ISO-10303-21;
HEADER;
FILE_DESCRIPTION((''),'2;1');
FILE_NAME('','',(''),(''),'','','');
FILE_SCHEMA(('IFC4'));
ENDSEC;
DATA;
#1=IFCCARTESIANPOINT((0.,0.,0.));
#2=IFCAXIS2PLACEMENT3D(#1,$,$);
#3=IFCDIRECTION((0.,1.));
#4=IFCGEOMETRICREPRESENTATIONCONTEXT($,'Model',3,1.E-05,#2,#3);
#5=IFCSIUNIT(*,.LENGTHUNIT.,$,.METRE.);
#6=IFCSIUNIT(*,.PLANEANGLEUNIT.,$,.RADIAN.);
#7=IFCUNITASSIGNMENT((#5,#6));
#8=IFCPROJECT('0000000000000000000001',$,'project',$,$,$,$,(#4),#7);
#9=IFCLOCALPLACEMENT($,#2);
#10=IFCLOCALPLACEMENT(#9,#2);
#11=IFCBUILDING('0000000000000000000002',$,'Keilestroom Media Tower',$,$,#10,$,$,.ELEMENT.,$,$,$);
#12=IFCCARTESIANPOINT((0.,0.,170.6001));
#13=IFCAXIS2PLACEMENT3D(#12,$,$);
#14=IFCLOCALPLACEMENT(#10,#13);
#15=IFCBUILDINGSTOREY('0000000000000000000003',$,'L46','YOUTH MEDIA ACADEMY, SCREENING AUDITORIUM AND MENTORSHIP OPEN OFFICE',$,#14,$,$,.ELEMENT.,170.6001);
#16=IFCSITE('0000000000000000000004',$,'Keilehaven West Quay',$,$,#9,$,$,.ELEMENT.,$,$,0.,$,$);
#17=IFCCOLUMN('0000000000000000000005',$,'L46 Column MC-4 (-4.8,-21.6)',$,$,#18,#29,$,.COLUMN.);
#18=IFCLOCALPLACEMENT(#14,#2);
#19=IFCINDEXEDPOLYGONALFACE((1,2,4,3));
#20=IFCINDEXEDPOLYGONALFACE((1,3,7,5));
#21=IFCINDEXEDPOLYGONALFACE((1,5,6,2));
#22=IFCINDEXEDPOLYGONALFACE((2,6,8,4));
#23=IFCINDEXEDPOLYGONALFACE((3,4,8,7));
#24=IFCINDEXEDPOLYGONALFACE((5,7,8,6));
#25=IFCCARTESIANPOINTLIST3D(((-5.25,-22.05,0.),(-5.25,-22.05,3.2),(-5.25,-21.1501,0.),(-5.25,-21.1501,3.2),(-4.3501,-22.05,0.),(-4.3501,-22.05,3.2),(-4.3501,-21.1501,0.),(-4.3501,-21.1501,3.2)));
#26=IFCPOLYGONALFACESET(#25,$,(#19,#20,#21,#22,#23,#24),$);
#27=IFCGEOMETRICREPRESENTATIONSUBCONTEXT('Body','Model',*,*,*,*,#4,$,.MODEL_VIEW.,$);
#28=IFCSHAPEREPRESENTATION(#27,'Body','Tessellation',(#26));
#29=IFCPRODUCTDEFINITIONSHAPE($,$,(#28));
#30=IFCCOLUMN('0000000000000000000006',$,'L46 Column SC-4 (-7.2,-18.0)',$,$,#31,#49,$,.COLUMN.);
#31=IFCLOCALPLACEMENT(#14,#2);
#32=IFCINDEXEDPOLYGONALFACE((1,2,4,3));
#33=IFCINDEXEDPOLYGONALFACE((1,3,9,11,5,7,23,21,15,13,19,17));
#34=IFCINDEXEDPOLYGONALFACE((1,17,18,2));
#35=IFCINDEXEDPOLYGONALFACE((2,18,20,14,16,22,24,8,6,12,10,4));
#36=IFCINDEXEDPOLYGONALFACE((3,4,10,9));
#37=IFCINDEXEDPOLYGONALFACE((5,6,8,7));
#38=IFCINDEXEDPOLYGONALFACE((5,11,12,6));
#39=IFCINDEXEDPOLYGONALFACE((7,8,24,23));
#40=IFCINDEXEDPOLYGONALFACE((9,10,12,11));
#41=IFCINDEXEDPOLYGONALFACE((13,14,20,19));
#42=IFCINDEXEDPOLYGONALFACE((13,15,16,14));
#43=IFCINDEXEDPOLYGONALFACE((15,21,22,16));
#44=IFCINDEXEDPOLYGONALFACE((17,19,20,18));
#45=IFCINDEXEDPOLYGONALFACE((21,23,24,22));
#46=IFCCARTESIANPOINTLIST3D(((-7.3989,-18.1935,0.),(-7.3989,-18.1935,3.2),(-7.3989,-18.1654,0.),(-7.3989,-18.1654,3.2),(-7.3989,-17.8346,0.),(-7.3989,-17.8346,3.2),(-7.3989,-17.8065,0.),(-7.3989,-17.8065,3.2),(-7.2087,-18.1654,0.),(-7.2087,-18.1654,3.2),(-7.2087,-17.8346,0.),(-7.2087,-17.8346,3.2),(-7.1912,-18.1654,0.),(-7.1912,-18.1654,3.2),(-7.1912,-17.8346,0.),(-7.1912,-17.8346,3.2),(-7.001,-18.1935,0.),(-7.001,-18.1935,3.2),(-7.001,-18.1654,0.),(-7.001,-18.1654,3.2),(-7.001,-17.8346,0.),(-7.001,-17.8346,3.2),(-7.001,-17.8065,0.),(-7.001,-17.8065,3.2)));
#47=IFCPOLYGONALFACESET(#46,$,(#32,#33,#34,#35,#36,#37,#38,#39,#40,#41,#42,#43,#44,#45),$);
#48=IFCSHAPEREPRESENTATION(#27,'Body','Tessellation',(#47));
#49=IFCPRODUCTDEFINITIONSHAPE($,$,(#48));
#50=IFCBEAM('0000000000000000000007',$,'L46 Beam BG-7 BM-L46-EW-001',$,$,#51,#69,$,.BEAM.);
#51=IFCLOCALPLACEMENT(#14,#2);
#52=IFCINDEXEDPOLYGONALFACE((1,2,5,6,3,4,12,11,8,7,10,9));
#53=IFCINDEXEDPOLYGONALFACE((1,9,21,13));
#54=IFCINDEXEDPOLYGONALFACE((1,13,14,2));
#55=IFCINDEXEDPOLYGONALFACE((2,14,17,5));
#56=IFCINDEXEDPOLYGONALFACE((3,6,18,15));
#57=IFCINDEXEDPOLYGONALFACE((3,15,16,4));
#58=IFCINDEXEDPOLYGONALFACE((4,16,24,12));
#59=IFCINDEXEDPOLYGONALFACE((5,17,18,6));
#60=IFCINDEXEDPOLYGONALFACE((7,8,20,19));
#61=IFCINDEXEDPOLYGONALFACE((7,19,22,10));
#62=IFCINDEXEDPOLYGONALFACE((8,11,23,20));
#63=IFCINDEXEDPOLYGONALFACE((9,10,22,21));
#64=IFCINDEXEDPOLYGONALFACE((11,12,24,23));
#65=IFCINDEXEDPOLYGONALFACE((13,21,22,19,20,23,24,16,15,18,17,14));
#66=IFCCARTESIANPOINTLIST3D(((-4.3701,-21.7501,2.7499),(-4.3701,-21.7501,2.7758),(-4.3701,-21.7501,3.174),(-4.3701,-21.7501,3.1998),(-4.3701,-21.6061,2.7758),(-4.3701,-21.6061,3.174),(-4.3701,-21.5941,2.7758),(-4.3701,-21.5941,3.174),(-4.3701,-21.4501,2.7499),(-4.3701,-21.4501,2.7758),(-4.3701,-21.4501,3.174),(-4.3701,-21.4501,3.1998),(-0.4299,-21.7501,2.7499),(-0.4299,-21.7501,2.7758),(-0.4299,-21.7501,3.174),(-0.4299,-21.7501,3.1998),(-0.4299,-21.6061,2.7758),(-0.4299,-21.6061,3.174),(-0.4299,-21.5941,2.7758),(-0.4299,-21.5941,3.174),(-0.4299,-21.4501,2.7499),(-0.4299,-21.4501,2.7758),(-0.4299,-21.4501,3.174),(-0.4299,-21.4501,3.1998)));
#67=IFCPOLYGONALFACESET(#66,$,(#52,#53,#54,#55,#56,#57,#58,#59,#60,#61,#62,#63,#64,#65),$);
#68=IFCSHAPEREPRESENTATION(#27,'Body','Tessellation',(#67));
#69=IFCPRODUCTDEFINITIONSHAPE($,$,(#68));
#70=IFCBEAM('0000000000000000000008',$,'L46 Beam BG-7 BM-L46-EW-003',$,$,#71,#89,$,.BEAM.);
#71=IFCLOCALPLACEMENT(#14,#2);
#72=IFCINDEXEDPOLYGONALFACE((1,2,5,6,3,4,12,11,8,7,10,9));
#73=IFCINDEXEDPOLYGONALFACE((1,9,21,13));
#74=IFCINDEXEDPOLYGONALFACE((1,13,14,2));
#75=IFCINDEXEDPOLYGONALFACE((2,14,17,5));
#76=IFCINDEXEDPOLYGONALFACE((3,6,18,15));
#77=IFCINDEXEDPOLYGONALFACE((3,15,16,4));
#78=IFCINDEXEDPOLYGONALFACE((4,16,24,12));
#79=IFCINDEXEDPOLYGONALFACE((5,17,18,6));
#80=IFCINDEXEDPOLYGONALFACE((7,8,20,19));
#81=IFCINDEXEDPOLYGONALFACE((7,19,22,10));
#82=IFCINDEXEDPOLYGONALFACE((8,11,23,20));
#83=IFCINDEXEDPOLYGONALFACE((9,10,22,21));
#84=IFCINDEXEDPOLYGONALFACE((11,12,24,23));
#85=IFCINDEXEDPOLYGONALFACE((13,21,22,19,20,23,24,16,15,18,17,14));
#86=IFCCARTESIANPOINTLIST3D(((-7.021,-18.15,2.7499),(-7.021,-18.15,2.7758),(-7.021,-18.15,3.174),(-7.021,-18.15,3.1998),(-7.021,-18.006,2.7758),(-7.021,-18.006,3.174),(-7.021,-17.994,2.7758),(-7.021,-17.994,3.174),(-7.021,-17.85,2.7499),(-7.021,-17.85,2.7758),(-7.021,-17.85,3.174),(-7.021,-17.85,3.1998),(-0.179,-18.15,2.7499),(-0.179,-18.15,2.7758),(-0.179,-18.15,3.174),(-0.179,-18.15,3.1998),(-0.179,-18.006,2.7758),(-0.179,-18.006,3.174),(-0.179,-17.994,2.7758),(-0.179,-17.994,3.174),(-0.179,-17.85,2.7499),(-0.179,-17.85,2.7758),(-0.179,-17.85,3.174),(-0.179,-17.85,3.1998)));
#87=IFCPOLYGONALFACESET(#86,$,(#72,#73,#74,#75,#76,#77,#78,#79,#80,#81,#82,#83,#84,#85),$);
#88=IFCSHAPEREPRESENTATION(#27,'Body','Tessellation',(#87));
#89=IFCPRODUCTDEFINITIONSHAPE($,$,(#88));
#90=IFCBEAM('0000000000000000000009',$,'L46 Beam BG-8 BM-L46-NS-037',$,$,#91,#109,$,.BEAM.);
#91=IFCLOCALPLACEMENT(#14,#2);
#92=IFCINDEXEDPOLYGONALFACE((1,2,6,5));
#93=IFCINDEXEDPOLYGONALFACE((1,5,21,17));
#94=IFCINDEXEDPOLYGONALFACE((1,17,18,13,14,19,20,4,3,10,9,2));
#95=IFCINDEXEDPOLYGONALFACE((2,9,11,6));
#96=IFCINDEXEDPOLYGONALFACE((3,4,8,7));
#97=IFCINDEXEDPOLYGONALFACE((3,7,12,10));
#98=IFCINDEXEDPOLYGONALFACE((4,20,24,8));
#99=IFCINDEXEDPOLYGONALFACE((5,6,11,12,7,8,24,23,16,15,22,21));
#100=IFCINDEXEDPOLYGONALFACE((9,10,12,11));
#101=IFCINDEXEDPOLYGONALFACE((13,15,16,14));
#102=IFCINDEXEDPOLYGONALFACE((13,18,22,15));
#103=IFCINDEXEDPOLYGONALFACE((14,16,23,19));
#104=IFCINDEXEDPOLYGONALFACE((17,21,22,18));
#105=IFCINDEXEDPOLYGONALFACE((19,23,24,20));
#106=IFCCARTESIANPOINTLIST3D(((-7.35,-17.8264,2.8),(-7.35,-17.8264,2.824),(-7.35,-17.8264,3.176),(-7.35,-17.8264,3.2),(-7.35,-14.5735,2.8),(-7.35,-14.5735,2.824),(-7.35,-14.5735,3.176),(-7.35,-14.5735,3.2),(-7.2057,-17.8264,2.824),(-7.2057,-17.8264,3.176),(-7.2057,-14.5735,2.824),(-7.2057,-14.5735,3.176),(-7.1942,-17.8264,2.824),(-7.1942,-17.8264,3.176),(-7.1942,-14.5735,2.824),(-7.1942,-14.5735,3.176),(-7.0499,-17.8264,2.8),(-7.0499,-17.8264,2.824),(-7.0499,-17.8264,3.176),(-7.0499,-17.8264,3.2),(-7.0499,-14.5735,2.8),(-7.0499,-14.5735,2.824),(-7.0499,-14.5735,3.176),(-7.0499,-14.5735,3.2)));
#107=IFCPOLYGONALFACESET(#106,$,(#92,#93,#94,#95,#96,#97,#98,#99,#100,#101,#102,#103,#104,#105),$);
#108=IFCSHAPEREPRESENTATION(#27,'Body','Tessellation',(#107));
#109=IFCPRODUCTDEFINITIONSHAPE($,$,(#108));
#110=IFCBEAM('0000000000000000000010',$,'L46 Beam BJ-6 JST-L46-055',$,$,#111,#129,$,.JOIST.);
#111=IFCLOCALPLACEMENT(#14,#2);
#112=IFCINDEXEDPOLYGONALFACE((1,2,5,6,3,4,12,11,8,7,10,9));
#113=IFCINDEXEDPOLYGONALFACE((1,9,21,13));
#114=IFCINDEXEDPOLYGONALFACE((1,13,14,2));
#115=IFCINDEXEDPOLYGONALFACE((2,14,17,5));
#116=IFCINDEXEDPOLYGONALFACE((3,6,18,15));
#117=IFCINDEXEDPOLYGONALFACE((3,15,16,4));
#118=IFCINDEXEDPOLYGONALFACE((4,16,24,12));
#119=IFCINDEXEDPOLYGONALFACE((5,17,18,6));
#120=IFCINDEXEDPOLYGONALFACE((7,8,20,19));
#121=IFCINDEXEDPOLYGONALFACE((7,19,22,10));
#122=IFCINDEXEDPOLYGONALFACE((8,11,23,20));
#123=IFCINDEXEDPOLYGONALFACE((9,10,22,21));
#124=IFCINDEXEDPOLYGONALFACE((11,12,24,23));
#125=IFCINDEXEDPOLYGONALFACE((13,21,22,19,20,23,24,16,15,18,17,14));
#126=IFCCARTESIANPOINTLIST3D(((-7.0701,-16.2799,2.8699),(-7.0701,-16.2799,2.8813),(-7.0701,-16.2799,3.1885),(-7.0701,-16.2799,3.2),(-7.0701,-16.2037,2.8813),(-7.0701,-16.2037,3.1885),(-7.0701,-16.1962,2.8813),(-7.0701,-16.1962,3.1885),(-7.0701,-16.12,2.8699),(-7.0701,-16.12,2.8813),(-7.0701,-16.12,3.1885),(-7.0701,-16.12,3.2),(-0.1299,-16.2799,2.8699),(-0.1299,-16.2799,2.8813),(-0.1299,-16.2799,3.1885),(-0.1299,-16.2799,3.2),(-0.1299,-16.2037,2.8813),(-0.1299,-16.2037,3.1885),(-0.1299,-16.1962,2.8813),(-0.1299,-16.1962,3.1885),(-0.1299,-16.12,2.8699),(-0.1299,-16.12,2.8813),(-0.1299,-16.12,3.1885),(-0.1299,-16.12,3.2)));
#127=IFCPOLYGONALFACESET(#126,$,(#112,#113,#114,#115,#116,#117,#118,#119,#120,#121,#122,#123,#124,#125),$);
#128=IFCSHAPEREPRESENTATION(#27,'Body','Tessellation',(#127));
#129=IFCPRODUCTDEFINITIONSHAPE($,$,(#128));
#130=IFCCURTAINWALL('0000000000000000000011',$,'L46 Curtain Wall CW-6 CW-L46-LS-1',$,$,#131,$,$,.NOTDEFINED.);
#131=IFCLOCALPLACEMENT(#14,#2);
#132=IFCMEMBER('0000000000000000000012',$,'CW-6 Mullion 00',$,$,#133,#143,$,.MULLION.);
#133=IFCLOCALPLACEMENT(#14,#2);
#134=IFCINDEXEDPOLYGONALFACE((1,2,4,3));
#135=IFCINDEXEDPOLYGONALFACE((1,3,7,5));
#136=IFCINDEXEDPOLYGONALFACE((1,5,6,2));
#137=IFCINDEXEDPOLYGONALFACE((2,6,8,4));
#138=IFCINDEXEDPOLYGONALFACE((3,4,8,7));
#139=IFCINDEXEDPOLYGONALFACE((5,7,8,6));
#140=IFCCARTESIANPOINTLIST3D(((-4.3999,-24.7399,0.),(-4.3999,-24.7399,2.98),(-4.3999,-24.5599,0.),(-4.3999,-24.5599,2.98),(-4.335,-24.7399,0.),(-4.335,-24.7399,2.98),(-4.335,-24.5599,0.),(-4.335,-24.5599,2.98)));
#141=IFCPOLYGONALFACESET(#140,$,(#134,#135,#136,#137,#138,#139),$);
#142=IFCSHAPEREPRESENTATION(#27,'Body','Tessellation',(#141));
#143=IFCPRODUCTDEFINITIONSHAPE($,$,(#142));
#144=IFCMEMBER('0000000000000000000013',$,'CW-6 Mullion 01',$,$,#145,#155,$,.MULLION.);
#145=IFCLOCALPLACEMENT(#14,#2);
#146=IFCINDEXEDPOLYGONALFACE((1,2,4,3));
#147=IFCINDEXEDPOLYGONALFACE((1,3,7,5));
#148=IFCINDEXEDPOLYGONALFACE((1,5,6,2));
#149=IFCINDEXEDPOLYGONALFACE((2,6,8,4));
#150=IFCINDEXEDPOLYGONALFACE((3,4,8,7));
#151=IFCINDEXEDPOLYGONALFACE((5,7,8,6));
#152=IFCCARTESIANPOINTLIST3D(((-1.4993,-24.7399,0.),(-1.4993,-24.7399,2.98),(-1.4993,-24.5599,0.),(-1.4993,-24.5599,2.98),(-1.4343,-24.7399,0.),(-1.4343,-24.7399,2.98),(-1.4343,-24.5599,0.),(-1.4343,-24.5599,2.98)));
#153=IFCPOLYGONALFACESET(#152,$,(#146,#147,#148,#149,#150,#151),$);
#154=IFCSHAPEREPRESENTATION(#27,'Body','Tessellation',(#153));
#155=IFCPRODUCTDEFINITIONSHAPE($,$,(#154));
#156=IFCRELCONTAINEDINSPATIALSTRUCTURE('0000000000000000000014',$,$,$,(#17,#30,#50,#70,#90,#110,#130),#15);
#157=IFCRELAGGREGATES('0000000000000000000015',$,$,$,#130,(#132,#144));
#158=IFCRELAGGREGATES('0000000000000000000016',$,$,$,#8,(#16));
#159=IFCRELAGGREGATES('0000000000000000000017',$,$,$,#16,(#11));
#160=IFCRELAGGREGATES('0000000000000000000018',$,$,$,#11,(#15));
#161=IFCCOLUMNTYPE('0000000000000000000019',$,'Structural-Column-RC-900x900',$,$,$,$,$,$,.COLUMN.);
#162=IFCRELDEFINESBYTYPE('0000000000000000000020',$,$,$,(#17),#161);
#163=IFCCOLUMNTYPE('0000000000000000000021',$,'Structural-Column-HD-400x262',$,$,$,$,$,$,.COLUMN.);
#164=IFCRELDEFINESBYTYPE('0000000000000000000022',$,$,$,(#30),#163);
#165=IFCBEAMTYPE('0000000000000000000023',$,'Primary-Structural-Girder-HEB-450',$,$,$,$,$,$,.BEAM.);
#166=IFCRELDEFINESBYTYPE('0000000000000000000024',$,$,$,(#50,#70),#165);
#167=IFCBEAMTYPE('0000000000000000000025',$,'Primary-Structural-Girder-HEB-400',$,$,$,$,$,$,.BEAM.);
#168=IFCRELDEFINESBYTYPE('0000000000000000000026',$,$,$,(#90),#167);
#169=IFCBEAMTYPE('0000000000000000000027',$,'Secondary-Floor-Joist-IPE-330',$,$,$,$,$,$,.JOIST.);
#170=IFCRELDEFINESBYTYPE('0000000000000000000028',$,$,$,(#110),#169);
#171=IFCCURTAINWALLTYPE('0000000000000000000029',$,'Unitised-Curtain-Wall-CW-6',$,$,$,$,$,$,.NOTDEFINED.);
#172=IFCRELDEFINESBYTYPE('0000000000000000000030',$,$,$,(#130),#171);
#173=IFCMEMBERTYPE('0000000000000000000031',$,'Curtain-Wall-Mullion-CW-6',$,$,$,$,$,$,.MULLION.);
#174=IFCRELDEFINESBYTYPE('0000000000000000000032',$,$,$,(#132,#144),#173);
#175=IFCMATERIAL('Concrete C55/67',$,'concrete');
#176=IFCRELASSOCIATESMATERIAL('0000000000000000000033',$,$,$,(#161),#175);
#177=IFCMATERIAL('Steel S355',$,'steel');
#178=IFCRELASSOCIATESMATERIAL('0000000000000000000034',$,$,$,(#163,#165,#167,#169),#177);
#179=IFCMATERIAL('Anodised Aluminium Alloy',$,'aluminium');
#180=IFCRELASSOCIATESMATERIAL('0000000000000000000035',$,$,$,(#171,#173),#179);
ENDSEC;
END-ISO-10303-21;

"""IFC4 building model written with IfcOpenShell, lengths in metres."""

from ifc_helpers import new_model, si_unit, direction, frame, origin, origin_2d, place, context, subcontext, project, spatial, rectangle, i_section, extrude, source, transform, mapped, material, material_profile, profile_set, type_object, element, aggregate, save


model = new_model("IFC4")

# Units and contexts
model_context = context("Model", 3, precision=1e-05, world=origin(), true_north=direction((0.0, 1.0)))
body_context = subcontext(model_context, "Body", "Model", "MODEL_VIEW")
ifc_project = project(units=[si_unit("LENGTHUNIT", "METRE"), si_unit("PLANEANGLEUNIT", "RADIAN")], contexts=[model_context])

# Site, building, storey
site_placement = place(None, origin())
site = spatial("IfcSite", under=ifc_project, at=site_placement, Name="Keilehaven West Quay", CompositionType="ELEMENT", RefElevation=0.0)
building_placement = place(site_placement, origin())
building = spatial("IfcBuilding", under=site, at=building_placement, Name="Keilestroom Media Tower", CompositionType="ELEMENT")
storey_placement = place(building_placement, frame((0.0, 0.0, 170.6001)))
storey = spatial("IfcBuildingStorey", under=building, at=storey_placement, Name="L46", Description="YOUTH MEDIA ACADEMY, SCREENING AUDITORIUM AND MENTORSHIP OPEN OFFICE", CompositionType="ELEMENT", Elevation=170.6001)

# Columns
ifc_material_1 = material(Name="Concrete C55/67", Category="concrete")
ifc_material_profile_1 = material_profile(ifc_material_1, rectangle(XDim=0.8999, YDim=0.8999, at=origin_2d()), Name="RC 900x900")
ifc_profile_set_1 = profile_set([ifc_material_profile_1], Name="Concrete C55/67")
column_type_1 = type_object("IfcColumnType", Name="Structural-Column-RC-900x900", PredefinedType="COLUMN", material=ifc_profile_set_1)
shared_shape_1 = source(origin(), body_context, "Body", "SweptSolid", [
    extrude(rectangle(XDim=0.8999, YDim=0.8999, at=origin_2d()), origin(), (0.0, 0.0, 1.0), 3.2),
])
column_1_placement = place(storey_placement, frame((-4.8, -21.6001, 0.0), z_axis=(0.0, 0.0, 1.0), x_axis=(1.0, 0.0, 0.0)))
element("IfcColumn", 1, at=column_1_placement, inside=storey, type_object=column_type_1, Name="L46 Column MC-4 (-4.8,-21.6)", PredefinedType="COLUMN", context=body_context, shape_type="MappedRepresentation", body=[
    mapped(shared_shape_1, transform((0.0, 0.0, 0.0), x_axis=(1.0, 0.0, 0.0), y_axis=(0.0, 1.0, 0.0), z_axis=(0.0, 0.0, 1.0), scale=1.0)),
])
ifc_material_2 = material(Name="Steel S355", Category="steel")
ifc_material_profile_2 = material_profile(ifc_material_2, i_section(OverallWidth=0.3979, OverallDepth=0.387, WebThickness=0.0176, FlangeThickness=0.0281, at=origin_2d()), Name="HD 400x262")
ifc_profile_set_2 = profile_set([ifc_material_profile_2], Name="Steel S355")
column_type_2 = type_object("IfcColumnType", Name="Structural-Column-HD-400x262", PredefinedType="COLUMN", material=ifc_profile_set_2)
shared_shape_2 = source(origin(), body_context, "Body", "SweptSolid", [
    extrude(i_section(OverallWidth=0.3979, OverallDepth=0.387, WebThickness=0.0176, FlangeThickness=0.0281, at=origin_2d()), origin(), (0.0, 0.0, 1.0), 3.2),
])
column_2_placement = place(storey_placement, frame((-7.2, -18.0, 0.0), z_axis=(0.0, 0.0, 1.0), x_axis=(1.0, 0.0, 0.0)))
element("IfcColumn", 2, at=column_2_placement, inside=storey, type_object=column_type_2, Name="L46 Column SC-4 (-7.2,-18.0)", PredefinedType="COLUMN", context=body_context, shape_type="MappedRepresentation", body=[
    mapped(shared_shape_2, transform((0.0, 0.0, 0.0), x_axis=(1.0, 0.0, 0.0), y_axis=(0.0, 1.0, 0.0), z_axis=(0.0, 0.0, 1.0), scale=1.0)),
])

# Beams
ifc_material_profile_3 = material_profile(ifc_material_2, i_section(OverallWidth=0.3, OverallDepth=0.45, WebThickness=0.012, FlangeThickness=0.0259, at=origin_2d()), Name="HEB 450")
ifc_profile_set_3 = profile_set([ifc_material_profile_3], Name="Steel S355")
beam_type_1 = type_object("IfcBeamType", Name="Primary-Structural-Girder-HEB-450", PredefinedType="BEAM", material=ifc_profile_set_3)
shared_shape_3 = source(origin(), body_context, "Body", "SweptSolid", [
    extrude(i_section(OverallWidth=0.3, OverallDepth=0.45, WebThickness=0.012, FlangeThickness=0.0259, at=origin_2d()), origin(), (0.0, 0.0, 1.0), 3.9402),
])
beam_1_placement = place(storey_placement, frame((-4.3701, -21.6001, 2.9749), z_axis=(1.0, 0.0, 0.0), x_axis=(0.0, 1.0, 0.0)))
element("IfcBeam", 3, at=beam_1_placement, inside=storey, type_object=beam_type_1, Name="L46 Beam BG-7 BM-L46-EW-001", PredefinedType="BEAM", context=body_context, shape_type="MappedRepresentation", body=[
    mapped(shared_shape_3, transform((0.0, 0.0, 0.0), x_axis=(1.0, 0.0, 0.0), y_axis=(0.0, 1.0, 0.0), z_axis=(0.0, 0.0, 1.0), scale=1.0)),
])
shared_shape_4 = source(origin(), body_context, "Body", "SweptSolid", [
    extrude(i_section(OverallWidth=0.3, OverallDepth=0.45, WebThickness=0.012, FlangeThickness=0.0259, at=origin_2d()), origin(), (0.0, 0.0, 1.0), 6.842),
])
beam_2_placement = place(storey_placement, frame((-7.021, -18.0, 2.9749), z_axis=(1.0, 0.0, 0.0), x_axis=(0.0, 1.0, 0.0)))
element("IfcBeam", 4, at=beam_2_placement, inside=storey, type_object=beam_type_1, Name="L46 Beam BG-7 BM-L46-EW-003", PredefinedType="BEAM", context=body_context, shape_type="MappedRepresentation", body=[
    mapped(shared_shape_4, transform((0.0, 0.0, 0.0), x_axis=(1.0, 0.0, 0.0), y_axis=(0.0, 1.0, 0.0), z_axis=(0.0, 0.0, 1.0), scale=1.0)),
])
ifc_material_profile_4 = material_profile(ifc_material_2, i_section(OverallWidth=0.3, OverallDepth=0.3999, WebThickness=0.0115, FlangeThickness=0.0239, at=origin_2d()), Name="HEB 400")
ifc_profile_set_4 = profile_set([ifc_material_profile_4], Name="Steel S355")
beam_type_2 = type_object("IfcBeamType", Name="Primary-Structural-Girder-HEB-400", PredefinedType="BEAM", material=ifc_profile_set_4)
shared_shape_5 = source(origin(), body_context, "Body", "SweptSolid", [
    extrude(i_section(OverallWidth=0.3, OverallDepth=0.3999, WebThickness=0.0115, FlangeThickness=0.0239, at=origin_2d()), origin(), (0.0, 0.0, 1.0), 3.2529),
])
beam_3_placement = place(storey_placement, frame((-7.2, -17.8264, 3.0), z_axis=(0.0, 1.0, 0.0), x_axis=(-1.0, 0.0, 0.0)))
element("IfcBeam", 5, at=beam_3_placement, inside=storey, type_object=beam_type_2, Name="L46 Beam BG-8 BM-L46-NS-037", PredefinedType="BEAM", context=body_context, shape_type="MappedRepresentation", body=[
    mapped(shared_shape_5, transform((0.0, 0.0, 0.0), x_axis=(1.0, 0.0, 0.0), y_axis=(0.0, 1.0, 0.0), z_axis=(0.0, 0.0, 1.0), scale=1.0)),
])
ifc_material_profile_5 = material_profile(ifc_material_2, i_section(OverallWidth=0.1599, OverallDepth=0.3301, WebThickness=0.0076, FlangeThickness=0.0115, at=origin_2d()), Name="IPE 330")
ifc_profile_set_5 = profile_set([ifc_material_profile_5], Name="Steel S355")
beam_type_3 = type_object("IfcBeamType", Name="Secondary-Floor-Joist-IPE-330", PredefinedType="JOIST", material=ifc_profile_set_5)
shared_shape_6 = source(origin(), body_context, "Body", "SweptSolid", [
    extrude(i_section(OverallWidth=0.1599, OverallDepth=0.3301, WebThickness=0.0076, FlangeThickness=0.0115, at=origin_2d()), origin(), (0.0, 0.0, 1.0), 6.9402),
])
beam_4_placement = place(storey_placement, frame((-7.0701, -16.2, 3.0349), z_axis=(1.0, 0.0, 0.0), x_axis=(0.0, 1.0, 0.0)))
element("IfcBeam", 6, at=beam_4_placement, inside=storey, type_object=beam_type_3, Name="L46 Beam BJ-6 JST-L46-055", PredefinedType="JOIST", context=body_context, shape_type="MappedRepresentation", body=[
    mapped(shared_shape_6, transform((0.0, 0.0, 0.0), x_axis=(1.0, 0.0, 0.0), y_axis=(0.0, 1.0, 0.0), z_axis=(0.0, 0.0, 1.0), scale=1.0)),
])

# Curtain wall, members
ifc_material_3 = material(Name="Anodised Aluminium Alloy", Category="aluminium")
curtain_wall_type = type_object("IfcCurtainWallType", Name="Unitised-Curtain-Wall-CW-6", PredefinedType="NOTDEFINED", material=ifc_material_3)
curtain_wall_placement = place(storey_placement, origin())
curtain_wall = element("IfcCurtainWall", 7, at=curtain_wall_placement, inside=storey, type_object=curtain_wall_type, Name="L46 Curtain Wall CW-6 CW-L46-LS-1", PredefinedType="NOTDEFINED")
ifc_material_profile_6 = material_profile(ifc_material_3, rectangle(XDim=0.0649, YDim=0.1799, at=origin_2d()), Name="ALU MULLION 65x180")
ifc_profile_set_6 = profile_set([ifc_material_profile_6], Name="Anodised Aluminium Alloy")
member_type_1 = type_object("IfcMemberType", Name="Curtain-Wall-Mullion-CW-6", PredefinedType="MULLION", material=ifc_profile_set_6)
shared_shape_7 = source(origin(), body_context, "Body", "SweptSolid", [
    extrude(rectangle(XDim=0.0649, YDim=0.1799, at=origin_2d()), origin(), (0.0, 0.0, 1.0), 2.98),
])
member_1_placement = place(storey_placement, frame((-4.3674, -24.6499, 0.0), z_axis=(0.0, 0.0, 1.0), x_axis=(1.0, 0.0, 0.0)))
member_1 = element("IfcMember", 8, at=member_1_placement, type_object=member_type_1, Name="CW-6 Mullion 00", PredefinedType="MULLION", context=body_context, shape_type="MappedRepresentation", body=[
    mapped(shared_shape_7, transform((0.0, 0.0, 0.0), x_axis=(1.0, 0.0, 0.0), y_axis=(0.0, 1.0, 0.0), z_axis=(0.0, 0.0, 1.0), scale=1.0)),
])
member_2_placement = place(storey_placement, frame((-1.4668, -24.6499, 0.0), z_axis=(0.0, 0.0, 1.0), x_axis=(1.0, 0.0, 0.0)))
member_2 = element("IfcMember", 9, at=member_2_placement, type_object=member_type_1, Name="CW-6 Mullion 01", PredefinedType="MULLION", context=body_context, shape_type="MappedRepresentation", body=[
    mapped(shared_shape_7, transform((0.0, 0.0, 0.0), x_axis=(1.0, 0.0, 0.0), y_axis=(0.0, 1.0, 0.0), z_axis=(0.0, 0.0, 1.0), scale=1.0)),
])
aggregate(curtain_wall, [member_1, member_2])

save(model, "model.ifc")
